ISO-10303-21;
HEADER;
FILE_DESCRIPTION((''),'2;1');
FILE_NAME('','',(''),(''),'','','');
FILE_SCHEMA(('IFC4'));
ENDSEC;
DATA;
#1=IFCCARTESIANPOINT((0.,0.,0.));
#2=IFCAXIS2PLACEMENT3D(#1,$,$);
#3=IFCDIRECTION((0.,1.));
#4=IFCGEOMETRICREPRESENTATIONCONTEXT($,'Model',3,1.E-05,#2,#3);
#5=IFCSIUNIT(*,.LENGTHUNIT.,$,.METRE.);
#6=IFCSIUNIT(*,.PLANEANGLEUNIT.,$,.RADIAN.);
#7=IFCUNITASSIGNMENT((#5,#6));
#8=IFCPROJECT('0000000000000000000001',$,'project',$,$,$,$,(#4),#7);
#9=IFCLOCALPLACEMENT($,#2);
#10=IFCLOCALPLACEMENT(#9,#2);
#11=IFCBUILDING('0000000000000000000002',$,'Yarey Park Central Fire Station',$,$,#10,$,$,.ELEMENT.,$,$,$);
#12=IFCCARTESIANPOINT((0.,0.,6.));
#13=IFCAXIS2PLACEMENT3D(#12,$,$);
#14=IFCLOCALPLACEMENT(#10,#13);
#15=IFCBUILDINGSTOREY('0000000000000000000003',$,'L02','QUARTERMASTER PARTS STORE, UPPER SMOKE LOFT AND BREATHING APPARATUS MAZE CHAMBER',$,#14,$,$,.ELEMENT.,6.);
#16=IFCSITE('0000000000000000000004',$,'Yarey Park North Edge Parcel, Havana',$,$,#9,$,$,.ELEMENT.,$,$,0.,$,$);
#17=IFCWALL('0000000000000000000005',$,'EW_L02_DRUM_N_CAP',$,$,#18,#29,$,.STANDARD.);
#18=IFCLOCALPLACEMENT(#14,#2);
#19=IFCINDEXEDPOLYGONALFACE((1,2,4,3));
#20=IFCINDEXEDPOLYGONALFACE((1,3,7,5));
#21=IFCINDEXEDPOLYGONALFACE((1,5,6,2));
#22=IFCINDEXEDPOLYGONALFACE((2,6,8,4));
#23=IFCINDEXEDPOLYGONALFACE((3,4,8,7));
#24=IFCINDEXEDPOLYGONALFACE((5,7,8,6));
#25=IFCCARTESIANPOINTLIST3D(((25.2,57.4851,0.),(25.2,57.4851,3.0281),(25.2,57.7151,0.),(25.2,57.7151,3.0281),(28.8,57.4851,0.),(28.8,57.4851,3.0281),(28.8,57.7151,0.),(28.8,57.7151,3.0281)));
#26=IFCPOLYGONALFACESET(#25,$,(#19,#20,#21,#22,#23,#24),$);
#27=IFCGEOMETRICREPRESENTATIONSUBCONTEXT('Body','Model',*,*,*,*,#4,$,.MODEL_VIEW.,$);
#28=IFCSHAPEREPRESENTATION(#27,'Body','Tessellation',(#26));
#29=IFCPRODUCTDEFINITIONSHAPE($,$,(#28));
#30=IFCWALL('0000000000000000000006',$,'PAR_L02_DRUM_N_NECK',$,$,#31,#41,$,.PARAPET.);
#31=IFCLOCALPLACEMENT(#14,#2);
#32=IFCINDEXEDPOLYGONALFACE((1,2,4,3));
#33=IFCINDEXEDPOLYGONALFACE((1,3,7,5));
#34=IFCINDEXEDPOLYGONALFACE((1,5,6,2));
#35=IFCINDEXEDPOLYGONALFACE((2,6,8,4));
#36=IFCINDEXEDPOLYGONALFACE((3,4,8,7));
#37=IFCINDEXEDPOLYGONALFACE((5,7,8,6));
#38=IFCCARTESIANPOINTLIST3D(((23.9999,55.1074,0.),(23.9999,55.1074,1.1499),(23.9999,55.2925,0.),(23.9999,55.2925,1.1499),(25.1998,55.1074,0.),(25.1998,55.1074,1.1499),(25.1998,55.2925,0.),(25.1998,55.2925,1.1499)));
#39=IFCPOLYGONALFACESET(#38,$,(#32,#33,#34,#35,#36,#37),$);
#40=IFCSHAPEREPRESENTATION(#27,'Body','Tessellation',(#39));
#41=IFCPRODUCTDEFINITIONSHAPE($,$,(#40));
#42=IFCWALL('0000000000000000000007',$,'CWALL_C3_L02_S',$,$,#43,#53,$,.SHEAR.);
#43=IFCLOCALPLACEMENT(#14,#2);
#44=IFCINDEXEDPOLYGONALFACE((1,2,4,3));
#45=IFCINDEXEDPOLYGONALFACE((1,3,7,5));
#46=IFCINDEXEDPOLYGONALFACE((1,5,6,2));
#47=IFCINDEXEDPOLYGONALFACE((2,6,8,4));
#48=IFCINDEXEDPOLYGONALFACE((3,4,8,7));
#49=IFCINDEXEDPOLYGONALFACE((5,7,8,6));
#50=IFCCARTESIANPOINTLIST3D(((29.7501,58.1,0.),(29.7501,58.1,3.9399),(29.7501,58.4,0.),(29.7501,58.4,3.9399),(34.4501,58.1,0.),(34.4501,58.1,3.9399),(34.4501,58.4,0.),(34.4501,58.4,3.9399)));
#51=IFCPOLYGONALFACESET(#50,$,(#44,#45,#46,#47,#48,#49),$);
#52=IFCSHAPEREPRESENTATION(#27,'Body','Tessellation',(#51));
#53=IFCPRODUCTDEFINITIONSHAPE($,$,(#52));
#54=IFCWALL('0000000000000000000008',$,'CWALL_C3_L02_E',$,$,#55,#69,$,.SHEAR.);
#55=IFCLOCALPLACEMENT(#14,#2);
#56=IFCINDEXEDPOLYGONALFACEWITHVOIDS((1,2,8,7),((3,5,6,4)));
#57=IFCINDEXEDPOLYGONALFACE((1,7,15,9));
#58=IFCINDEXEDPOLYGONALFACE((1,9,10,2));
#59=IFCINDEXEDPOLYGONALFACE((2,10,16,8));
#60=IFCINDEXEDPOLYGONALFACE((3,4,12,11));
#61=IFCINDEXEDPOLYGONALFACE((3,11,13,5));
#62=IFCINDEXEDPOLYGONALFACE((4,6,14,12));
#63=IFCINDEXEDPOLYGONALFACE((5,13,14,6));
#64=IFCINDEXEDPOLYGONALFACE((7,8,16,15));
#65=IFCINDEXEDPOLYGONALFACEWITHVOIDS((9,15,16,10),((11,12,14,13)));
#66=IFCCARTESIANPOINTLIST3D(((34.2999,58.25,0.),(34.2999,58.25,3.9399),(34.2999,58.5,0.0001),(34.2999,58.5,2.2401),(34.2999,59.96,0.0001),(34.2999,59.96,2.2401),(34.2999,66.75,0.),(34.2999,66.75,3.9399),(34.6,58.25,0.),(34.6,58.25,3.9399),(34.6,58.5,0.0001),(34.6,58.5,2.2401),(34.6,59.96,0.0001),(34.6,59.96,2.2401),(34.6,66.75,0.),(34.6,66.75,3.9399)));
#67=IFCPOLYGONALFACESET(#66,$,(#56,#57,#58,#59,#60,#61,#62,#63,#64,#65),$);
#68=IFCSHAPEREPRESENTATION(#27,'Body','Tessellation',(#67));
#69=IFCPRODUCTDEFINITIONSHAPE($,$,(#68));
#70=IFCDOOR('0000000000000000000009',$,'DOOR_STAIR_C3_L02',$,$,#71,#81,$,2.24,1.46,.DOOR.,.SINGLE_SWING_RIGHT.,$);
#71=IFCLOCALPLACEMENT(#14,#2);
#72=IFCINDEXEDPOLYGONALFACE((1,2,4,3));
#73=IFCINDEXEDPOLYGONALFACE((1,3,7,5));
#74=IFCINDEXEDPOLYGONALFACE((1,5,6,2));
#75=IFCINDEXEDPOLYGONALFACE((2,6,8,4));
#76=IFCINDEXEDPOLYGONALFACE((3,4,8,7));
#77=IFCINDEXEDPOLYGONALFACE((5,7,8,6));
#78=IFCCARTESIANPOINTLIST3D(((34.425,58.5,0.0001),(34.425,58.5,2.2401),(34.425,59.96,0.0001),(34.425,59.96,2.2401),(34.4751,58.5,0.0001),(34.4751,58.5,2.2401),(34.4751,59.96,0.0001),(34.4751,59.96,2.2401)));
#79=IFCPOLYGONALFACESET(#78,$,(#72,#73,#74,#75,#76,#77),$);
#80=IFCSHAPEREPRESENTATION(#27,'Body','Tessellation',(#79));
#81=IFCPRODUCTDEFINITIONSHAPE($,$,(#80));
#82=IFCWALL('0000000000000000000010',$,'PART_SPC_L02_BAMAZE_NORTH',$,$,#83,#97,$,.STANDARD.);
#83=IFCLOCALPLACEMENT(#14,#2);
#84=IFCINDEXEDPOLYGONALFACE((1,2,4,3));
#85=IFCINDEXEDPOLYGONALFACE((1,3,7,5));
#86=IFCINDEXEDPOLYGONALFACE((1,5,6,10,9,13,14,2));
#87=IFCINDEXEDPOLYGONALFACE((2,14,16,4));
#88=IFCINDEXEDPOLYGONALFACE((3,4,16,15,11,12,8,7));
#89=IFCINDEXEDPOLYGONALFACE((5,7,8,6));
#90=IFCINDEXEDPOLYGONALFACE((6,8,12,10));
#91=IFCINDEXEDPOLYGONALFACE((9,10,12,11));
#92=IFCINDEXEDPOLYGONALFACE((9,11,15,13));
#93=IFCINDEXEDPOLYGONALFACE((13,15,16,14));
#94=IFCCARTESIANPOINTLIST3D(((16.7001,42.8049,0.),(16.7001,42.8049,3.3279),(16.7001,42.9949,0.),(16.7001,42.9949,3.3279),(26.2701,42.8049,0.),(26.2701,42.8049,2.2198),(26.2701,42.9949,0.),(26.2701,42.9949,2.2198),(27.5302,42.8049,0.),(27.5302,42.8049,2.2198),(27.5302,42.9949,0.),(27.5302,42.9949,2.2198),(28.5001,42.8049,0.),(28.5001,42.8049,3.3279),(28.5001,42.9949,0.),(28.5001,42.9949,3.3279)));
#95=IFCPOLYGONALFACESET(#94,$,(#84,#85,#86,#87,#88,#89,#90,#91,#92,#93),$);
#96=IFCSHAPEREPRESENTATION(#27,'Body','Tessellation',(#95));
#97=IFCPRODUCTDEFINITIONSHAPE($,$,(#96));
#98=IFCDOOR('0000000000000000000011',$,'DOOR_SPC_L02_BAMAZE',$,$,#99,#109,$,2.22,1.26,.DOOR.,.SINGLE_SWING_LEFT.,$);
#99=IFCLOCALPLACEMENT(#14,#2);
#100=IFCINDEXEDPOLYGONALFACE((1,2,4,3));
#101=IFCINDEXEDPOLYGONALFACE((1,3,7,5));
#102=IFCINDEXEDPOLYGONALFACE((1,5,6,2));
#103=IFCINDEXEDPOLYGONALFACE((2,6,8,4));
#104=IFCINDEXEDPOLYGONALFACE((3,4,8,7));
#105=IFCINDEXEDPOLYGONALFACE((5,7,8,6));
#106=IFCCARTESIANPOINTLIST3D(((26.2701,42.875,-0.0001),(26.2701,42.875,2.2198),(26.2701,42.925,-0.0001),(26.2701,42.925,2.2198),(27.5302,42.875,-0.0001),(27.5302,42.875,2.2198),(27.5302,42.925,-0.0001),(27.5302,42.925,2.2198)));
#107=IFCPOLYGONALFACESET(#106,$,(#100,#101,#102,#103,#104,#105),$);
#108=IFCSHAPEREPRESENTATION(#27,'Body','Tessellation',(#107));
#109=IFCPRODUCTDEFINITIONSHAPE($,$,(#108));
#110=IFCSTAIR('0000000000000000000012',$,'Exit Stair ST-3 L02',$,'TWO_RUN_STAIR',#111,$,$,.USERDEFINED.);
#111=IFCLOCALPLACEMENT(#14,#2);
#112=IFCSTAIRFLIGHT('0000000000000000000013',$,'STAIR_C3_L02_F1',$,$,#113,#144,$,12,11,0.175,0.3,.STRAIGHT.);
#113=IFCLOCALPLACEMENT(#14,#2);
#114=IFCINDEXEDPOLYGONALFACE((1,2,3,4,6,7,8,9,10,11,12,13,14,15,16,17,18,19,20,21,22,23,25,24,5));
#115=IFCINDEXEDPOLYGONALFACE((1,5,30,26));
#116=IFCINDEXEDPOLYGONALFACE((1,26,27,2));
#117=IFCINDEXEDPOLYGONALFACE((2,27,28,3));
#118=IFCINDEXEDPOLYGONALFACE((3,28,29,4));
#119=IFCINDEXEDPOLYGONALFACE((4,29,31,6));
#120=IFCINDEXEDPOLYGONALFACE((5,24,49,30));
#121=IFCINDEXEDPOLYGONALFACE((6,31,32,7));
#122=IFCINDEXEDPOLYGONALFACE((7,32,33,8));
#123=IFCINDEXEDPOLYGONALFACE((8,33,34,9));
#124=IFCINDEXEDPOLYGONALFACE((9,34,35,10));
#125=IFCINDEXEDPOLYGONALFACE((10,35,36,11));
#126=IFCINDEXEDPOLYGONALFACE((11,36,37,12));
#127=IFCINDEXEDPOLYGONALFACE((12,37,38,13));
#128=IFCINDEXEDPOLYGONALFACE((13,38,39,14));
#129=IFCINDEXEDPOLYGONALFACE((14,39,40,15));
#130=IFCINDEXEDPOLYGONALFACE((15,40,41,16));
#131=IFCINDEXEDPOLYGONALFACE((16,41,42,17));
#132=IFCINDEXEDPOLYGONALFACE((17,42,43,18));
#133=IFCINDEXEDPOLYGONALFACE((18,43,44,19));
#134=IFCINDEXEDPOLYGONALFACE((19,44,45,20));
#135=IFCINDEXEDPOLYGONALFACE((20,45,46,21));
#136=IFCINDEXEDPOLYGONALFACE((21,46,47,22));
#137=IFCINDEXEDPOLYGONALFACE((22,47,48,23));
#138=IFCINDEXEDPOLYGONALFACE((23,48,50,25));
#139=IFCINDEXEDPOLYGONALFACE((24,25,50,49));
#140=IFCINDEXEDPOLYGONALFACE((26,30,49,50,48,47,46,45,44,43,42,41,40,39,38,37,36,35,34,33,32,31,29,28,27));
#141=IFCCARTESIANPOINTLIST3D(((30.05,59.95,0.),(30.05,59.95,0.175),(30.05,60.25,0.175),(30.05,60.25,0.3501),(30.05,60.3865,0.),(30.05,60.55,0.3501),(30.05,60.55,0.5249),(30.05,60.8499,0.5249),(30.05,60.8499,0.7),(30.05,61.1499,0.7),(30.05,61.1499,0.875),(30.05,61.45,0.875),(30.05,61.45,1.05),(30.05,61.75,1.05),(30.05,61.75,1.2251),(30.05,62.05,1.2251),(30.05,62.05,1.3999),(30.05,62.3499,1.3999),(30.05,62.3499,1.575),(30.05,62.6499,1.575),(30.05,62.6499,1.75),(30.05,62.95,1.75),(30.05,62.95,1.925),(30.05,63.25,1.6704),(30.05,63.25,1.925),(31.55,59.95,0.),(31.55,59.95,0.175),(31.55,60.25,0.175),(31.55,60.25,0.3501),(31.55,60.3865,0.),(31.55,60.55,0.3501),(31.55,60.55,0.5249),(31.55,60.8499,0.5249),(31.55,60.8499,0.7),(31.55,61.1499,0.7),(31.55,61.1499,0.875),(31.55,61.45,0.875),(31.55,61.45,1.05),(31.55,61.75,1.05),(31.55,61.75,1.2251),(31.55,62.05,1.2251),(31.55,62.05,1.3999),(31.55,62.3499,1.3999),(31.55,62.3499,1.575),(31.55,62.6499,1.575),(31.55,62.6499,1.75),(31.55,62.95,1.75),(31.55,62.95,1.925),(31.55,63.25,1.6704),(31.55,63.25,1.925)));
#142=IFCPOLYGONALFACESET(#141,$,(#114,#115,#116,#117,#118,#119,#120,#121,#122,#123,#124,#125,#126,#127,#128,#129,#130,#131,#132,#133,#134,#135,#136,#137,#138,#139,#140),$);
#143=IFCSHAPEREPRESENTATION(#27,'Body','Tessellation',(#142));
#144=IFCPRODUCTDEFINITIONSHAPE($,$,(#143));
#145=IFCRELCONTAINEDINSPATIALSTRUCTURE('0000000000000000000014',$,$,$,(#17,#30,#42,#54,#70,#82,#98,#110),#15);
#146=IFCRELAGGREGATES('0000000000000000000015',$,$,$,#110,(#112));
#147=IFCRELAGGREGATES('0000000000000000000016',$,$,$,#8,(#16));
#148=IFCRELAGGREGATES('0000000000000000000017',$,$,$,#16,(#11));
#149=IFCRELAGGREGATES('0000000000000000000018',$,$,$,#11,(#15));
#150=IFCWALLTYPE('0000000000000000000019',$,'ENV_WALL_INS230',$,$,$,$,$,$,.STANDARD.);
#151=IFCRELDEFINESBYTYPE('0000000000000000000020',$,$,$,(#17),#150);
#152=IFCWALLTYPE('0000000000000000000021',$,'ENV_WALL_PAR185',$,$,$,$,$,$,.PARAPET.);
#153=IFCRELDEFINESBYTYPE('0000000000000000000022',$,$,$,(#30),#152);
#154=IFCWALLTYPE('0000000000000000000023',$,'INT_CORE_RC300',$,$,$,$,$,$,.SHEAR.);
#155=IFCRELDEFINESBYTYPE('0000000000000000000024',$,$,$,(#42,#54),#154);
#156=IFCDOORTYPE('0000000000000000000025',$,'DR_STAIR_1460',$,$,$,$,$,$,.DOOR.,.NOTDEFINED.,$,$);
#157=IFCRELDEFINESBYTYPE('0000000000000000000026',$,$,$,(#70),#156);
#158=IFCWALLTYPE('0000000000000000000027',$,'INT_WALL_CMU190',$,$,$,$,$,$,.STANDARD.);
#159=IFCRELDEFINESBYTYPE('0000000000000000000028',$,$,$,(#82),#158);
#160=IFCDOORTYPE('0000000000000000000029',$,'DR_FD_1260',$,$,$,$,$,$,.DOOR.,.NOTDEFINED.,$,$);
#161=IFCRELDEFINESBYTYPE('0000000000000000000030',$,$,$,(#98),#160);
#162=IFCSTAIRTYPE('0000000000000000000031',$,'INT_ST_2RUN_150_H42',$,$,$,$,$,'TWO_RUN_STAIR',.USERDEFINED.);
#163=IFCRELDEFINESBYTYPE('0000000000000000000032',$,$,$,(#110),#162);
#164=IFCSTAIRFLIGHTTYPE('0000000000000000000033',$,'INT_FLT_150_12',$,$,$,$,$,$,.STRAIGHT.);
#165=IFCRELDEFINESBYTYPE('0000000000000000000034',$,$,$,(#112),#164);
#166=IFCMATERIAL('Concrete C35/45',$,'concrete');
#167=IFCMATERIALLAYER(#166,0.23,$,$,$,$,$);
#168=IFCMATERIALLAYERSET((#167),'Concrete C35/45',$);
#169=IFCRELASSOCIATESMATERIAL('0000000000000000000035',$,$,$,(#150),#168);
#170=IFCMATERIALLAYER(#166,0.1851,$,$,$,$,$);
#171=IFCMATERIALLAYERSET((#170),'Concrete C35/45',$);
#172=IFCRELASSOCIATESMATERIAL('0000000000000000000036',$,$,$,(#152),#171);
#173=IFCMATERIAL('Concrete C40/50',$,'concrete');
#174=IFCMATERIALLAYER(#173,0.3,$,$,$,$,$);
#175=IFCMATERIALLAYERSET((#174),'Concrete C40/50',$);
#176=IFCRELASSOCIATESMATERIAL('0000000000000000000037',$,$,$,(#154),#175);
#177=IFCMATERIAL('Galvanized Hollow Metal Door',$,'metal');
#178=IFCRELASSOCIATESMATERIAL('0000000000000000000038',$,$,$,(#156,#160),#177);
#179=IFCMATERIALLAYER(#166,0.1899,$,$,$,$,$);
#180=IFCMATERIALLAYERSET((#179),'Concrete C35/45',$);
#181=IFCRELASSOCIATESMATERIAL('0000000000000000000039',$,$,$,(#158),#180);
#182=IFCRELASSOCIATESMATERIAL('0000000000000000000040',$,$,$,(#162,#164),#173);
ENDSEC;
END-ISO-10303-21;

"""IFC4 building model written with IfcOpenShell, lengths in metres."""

from ifc_helpers import new_model, si_unit, direction, frame, frame_2d, origin, place, context, subcontext, project, spatial, polyline, rectangle, outline, extrude, material, layer, layer_set, type_object, element, fill, aggregate, save


model = new_model("IFC4")

# Units and contexts
model_context = context("Model", 3, precision=1e-05, world=origin(), true_north=direction((0.0, 1.0)))
body_context = subcontext(model_context, "Body", "Model", "MODEL_VIEW")
ifc_project = project(units=[si_unit("LENGTHUNIT", "METRE"), si_unit("PLANEANGLEUNIT", "RADIAN")], contexts=[model_context])

# Site, building, storey
site_placement = place(None, origin())
site = spatial("IfcSite", under=ifc_project, at=site_placement, Name="Yarey Park North Edge Parcel, Havana", CompositionType="ELEMENT", RefElevation=0.0)
building_placement = place(site_placement, origin())
building = spatial("IfcBuilding", under=site, at=building_placement, Name="Yarey Park Central Fire Station", CompositionType="ELEMENT")
storey_placement = place(building_placement, frame((0.0, 0.0, 6.0)))
storey = spatial("IfcBuildingStorey", under=building, at=storey_placement, Name="L02", Description="QUARTERMASTER PARTS STORE, UPPER SMOKE LOFT AND BREATHING APPARATUS MAZE CHAMBER", CompositionType="ELEMENT", Elevation=6.0)

# Shared definitions
ifc_material_1 = material(Name="Concrete C35/45", Category="concrete")

# Shared definitions
ifc_layer_1 = layer(ifc_material_1, 0.23)
ifc_layer_set_1 = layer_set([ifc_layer_1], Name="Concrete C35/45")
wall_type_1 = type_object("IfcWallType", Name="ENV_WALL_INS230", PredefinedType="STANDARD", material=ifc_layer_set_1)

# Walls
wall_1_placement = place(storey_placement, frame((28.8, 57.6001, 0.0), z_axis=(0.0, 0.0, 1.0), x_axis=(-1.0, 0.0, 0.0)))
element("IfcWall", 1, at=wall_1_placement, inside=storey, type_object=wall_type_1, Name="EW_L02_DRUM_N_CAP", PredefinedType="STANDARD", context=body_context, shape_type="SweptSolid", body=[
    extrude(rectangle(XDim=3.6001, YDim=0.23, at=frame_2d((1.8, 0.0))), origin(), (0.0, 0.0, 1.0), 3.0281),
])
ifc_layer_2 = layer(ifc_material_1, 0.1851)
ifc_layer_set_2 = layer_set([ifc_layer_2], Name="Concrete C35/45")
wall_type_2 = type_object("IfcWallType", Name="ENV_WALL_PAR185", PredefinedType="PARAPET", material=ifc_layer_set_2)
wall_2_placement = place(storey_placement, frame((25.2, 55.2, 0.0), z_axis=(0.0, 0.0, 1.0), x_axis=(-1.0, 0.0, 0.0)))
element("IfcWall", 2, at=wall_2_placement, inside=storey, type_object=wall_type_2, Name="PAR_L02_DRUM_N_NECK", PredefinedType="PARAPET", context=body_context, shape_type="SweptSolid", body=[
    extrude(rectangle(XDim=1.2, YDim=0.1851, at=frame_2d((0.6001, 0.0))), origin(), (0.0, 0.0, 1.0), 1.1499),
])
ifc_material_2 = material(Name="Concrete C40/50", Category="concrete")
ifc_layer_3 = layer(ifc_material_2, 0.3)
ifc_layer_set_3 = layer_set([ifc_layer_3], Name="Concrete C40/50")
wall_type_3 = type_object("IfcWallType", Name="INT_CORE_RC300", PredefinedType="SHEAR", material=ifc_layer_set_3)
wall_3_placement = place(storey_placement, frame((29.75, 58.25, 0.0), z_axis=(0.0, 0.0, 1.0), x_axis=(1.0, 0.0, 0.0)))
element("IfcWall", 3, at=wall_3_placement, inside=storey, type_object=wall_type_3, Name="CWALL_C3_L02_S", PredefinedType="SHEAR", context=body_context, shape_type="SweptSolid", body=[
    extrude(rectangle(XDim=4.7, YDim=0.3, at=frame_2d((2.3501, 0.0))), origin(), (0.0, 0.0, 1.0), 3.9399),
])

# Walls, openings, doors
wall_4_placement = place(storey_placement, frame((34.45, 58.25, 0.0), z_axis=(0.0, 0.0, 1.0), x_axis=(0.0, 1.0, 0.0)))
wall_4 = element("IfcWall", 4, at=wall_4_placement, inside=storey, type_object=wall_type_3, Name="CWALL_C3_L02_E", PredefinedType="SHEAR", context=body_context, shape_type="SweptSolid", body=[
    extrude(rectangle(XDim=8.5, YDim=0.3, at=frame_2d((4.25, 0.0))), origin(), (0.0, 0.0, 1.0), 3.9399),
])
opening_1_placement = place(wall_4_placement, frame((0.25, 0.0, 0.0)))
opening_1 = element("IfcOpeningElement", 5, at=opening_1_placement, cuts=wall_4, PredefinedType="OPENING", context=body_context, shape_type="SweptSolid", body=[
    extrude(rectangle(XDim=1.46, YDim=2.24, at=frame_2d((0.73, 1.1201))), frame((0.0, 0.1599, 0.0), z_axis=(0.0, -1.0, 0.0), x_axis=(1.0, 0.0, 0.0)), (0.0, 0.0, 1.0), 0.3201),
])
ifc_material_3 = material(Name="Galvanized Hollow Metal Door", Category="metal")
door_type_1 = type_object("IfcDoorType", Name="DR_STAIR_1460", OperationType="NOTDEFINED", PredefinedType="DOOR", material=ifc_material_3)
door_1_placement = place(opening_1_placement, origin())
door_1 = element("IfcDoor", 6, at=door_1_placement, inside=storey, type_object=door_type_1, Name="DOOR_STAIR_C3_L02", OperationType="SINGLE_SWING_RIGHT", OverallHeight=2.24, OverallWidth=1.46, PredefinedType="DOOR", context=body_context, shape_type="SweptSolid", body=[
    extrude(rectangle(XDim=1.46, YDim=2.24, at=frame_2d((0.73, 1.1201))), frame((0.0, 0.0249, 0.0), z_axis=(0.0, -1.0, 0.0), x_axis=(1.0, 0.0, 0.0)), (0.0, 0.0, 1.0), 0.05),
])
fill(opening_1, door_1)
ifc_layer_4 = layer(ifc_material_1, 0.1899)
ifc_layer_set_4 = layer_set([ifc_layer_4], Name="Concrete C35/45")
wall_type_4 = type_object("IfcWallType", Name="INT_WALL_CMU190", PredefinedType="STANDARD", material=ifc_layer_set_4)
wall_5_placement = place(storey_placement, frame((28.5, 42.8999, 0.0), z_axis=(0.0, 0.0, 1.0), x_axis=(-1.0, 0.0, 0.0)))
wall_5 = element("IfcWall", 7, at=wall_5_placement, inside=storey, type_object=wall_type_4, Name="PART_SPC_L02_BAMAZE_NORTH", PredefinedType="STANDARD", context=body_context, shape_type="SweptSolid", body=[
    extrude(rectangle(XDim=11.8, YDim=0.1899, at=frame_2d((5.8999, 0.0))), origin(), (0.0, 0.0, 1.0), 3.3279),
])
opening_2_placement = place(wall_5_placement, frame((0.97, 0.0, 0.0)))
opening_2 = element("IfcOpeningElement", 8, at=opening_2_placement, cuts=wall_5, PredefinedType="OPENING", context=body_context, shape_type="SweptSolid", body=[
    extrude(rectangle(XDim=1.26, YDim=2.22, at=frame_2d((0.6299, 1.1099))), frame((0.0, 0.105, 0.0), z_axis=(0.0, -1.0, 0.0), x_axis=(1.0, 0.0, 0.0)), (0.0, 0.0, 1.0), 0.21),
])
door_type_2 = type_object("IfcDoorType", Name="DR_FD_1260", OperationType="NOTDEFINED", PredefinedType="DOOR", material=ifc_material_3)
door_2_placement = place(opening_2_placement, origin())
door_2 = element("IfcDoor", 9, at=door_2_placement, inside=storey, type_object=door_type_2, Name="DOOR_SPC_L02_BAMAZE", OperationType="SINGLE_SWING_LEFT", OverallHeight=2.22, OverallWidth=1.26, PredefinedType="DOOR", context=body_context, shape_type="SweptSolid", body=[
    extrude(rectangle(XDim=1.26, YDim=2.22, at=frame_2d((0.6299, 1.1099))), frame((0.0, 0.0249, 0.0), z_axis=(0.0, -1.0, 0.0), x_axis=(1.0, 0.0, 0.0)), (0.0, 0.0, 1.0), 0.05),
])
fill(opening_2, door_2)

# Stair, stair flight
stair_type = type_object("IfcStairType", Name="INT_ST_2RUN_150_H42", ElementType="TWO_RUN_STAIR", PredefinedType="USERDEFINED", material=ifc_material_2)
stair_placement = place(storey_placement, origin())
stair = element("IfcStair", 10, at=stair_placement, inside=storey, type_object=stair_type, Name="Exit Stair ST-3 L02", ObjectType="TWO_RUN_STAIR", PredefinedType="USERDEFINED")
stair_flight_type = type_object("IfcStairFlightType", Name="INT_FLT_150_12", PredefinedType="STRAIGHT", material=ifc_material_2)
stair_flight_1_placement = place(storey_placement, frame((30.8, 59.95, 0.0), z_axis=(0.0, 0.0, 1.0), x_axis=(0.0, 1.0, 0.0)))
stair_flight_1 = element("IfcStairFlight", 11, at=stair_flight_1_placement, type_object=stair_flight_type, Name="STAIR_C3_L02_F1", NumberOfRisers=12, NumberOfTreads=11, PredefinedType="STRAIGHT", RiserHeight=0.175, TreadLength=0.3, context=body_context, shape_type="SweptSolid", body=[
    extrude(outline(polyline([(0.0, 0.0), (0.0, 0.175), (0.3, 0.175), (0.3, 0.3501), (0.6001, 0.3501), (0.6001, 0.5249), (0.8999, 0.5249), (0.8999, 0.7), (1.2, 0.7), (1.2, 0.875), (1.5, 0.875), (1.5, 1.05), (1.8, 1.05), (1.8, 1.2251), (2.1001, 1.2251), (2.1001, 1.3999), (2.3999, 1.3999), (2.3999, 1.575), (2.7, 1.575), (2.7, 1.75), (3.0, 1.75), (3.0, 1.925), (3.3, 1.925), (3.3, 2.1001), (3.3, 1.6704), (0.4365, 0.0), (0.0, 0.0)])), frame((0.0, 0.75, 0.0), z_axis=(0.0, -1.0, 0.0), x_axis=(1.0, 0.0, 0.0)), (0.0, 0.0, 1.0), 1.5),
])
aggregate(stair, [stair_flight_1])

save(model, "model.ifc")
